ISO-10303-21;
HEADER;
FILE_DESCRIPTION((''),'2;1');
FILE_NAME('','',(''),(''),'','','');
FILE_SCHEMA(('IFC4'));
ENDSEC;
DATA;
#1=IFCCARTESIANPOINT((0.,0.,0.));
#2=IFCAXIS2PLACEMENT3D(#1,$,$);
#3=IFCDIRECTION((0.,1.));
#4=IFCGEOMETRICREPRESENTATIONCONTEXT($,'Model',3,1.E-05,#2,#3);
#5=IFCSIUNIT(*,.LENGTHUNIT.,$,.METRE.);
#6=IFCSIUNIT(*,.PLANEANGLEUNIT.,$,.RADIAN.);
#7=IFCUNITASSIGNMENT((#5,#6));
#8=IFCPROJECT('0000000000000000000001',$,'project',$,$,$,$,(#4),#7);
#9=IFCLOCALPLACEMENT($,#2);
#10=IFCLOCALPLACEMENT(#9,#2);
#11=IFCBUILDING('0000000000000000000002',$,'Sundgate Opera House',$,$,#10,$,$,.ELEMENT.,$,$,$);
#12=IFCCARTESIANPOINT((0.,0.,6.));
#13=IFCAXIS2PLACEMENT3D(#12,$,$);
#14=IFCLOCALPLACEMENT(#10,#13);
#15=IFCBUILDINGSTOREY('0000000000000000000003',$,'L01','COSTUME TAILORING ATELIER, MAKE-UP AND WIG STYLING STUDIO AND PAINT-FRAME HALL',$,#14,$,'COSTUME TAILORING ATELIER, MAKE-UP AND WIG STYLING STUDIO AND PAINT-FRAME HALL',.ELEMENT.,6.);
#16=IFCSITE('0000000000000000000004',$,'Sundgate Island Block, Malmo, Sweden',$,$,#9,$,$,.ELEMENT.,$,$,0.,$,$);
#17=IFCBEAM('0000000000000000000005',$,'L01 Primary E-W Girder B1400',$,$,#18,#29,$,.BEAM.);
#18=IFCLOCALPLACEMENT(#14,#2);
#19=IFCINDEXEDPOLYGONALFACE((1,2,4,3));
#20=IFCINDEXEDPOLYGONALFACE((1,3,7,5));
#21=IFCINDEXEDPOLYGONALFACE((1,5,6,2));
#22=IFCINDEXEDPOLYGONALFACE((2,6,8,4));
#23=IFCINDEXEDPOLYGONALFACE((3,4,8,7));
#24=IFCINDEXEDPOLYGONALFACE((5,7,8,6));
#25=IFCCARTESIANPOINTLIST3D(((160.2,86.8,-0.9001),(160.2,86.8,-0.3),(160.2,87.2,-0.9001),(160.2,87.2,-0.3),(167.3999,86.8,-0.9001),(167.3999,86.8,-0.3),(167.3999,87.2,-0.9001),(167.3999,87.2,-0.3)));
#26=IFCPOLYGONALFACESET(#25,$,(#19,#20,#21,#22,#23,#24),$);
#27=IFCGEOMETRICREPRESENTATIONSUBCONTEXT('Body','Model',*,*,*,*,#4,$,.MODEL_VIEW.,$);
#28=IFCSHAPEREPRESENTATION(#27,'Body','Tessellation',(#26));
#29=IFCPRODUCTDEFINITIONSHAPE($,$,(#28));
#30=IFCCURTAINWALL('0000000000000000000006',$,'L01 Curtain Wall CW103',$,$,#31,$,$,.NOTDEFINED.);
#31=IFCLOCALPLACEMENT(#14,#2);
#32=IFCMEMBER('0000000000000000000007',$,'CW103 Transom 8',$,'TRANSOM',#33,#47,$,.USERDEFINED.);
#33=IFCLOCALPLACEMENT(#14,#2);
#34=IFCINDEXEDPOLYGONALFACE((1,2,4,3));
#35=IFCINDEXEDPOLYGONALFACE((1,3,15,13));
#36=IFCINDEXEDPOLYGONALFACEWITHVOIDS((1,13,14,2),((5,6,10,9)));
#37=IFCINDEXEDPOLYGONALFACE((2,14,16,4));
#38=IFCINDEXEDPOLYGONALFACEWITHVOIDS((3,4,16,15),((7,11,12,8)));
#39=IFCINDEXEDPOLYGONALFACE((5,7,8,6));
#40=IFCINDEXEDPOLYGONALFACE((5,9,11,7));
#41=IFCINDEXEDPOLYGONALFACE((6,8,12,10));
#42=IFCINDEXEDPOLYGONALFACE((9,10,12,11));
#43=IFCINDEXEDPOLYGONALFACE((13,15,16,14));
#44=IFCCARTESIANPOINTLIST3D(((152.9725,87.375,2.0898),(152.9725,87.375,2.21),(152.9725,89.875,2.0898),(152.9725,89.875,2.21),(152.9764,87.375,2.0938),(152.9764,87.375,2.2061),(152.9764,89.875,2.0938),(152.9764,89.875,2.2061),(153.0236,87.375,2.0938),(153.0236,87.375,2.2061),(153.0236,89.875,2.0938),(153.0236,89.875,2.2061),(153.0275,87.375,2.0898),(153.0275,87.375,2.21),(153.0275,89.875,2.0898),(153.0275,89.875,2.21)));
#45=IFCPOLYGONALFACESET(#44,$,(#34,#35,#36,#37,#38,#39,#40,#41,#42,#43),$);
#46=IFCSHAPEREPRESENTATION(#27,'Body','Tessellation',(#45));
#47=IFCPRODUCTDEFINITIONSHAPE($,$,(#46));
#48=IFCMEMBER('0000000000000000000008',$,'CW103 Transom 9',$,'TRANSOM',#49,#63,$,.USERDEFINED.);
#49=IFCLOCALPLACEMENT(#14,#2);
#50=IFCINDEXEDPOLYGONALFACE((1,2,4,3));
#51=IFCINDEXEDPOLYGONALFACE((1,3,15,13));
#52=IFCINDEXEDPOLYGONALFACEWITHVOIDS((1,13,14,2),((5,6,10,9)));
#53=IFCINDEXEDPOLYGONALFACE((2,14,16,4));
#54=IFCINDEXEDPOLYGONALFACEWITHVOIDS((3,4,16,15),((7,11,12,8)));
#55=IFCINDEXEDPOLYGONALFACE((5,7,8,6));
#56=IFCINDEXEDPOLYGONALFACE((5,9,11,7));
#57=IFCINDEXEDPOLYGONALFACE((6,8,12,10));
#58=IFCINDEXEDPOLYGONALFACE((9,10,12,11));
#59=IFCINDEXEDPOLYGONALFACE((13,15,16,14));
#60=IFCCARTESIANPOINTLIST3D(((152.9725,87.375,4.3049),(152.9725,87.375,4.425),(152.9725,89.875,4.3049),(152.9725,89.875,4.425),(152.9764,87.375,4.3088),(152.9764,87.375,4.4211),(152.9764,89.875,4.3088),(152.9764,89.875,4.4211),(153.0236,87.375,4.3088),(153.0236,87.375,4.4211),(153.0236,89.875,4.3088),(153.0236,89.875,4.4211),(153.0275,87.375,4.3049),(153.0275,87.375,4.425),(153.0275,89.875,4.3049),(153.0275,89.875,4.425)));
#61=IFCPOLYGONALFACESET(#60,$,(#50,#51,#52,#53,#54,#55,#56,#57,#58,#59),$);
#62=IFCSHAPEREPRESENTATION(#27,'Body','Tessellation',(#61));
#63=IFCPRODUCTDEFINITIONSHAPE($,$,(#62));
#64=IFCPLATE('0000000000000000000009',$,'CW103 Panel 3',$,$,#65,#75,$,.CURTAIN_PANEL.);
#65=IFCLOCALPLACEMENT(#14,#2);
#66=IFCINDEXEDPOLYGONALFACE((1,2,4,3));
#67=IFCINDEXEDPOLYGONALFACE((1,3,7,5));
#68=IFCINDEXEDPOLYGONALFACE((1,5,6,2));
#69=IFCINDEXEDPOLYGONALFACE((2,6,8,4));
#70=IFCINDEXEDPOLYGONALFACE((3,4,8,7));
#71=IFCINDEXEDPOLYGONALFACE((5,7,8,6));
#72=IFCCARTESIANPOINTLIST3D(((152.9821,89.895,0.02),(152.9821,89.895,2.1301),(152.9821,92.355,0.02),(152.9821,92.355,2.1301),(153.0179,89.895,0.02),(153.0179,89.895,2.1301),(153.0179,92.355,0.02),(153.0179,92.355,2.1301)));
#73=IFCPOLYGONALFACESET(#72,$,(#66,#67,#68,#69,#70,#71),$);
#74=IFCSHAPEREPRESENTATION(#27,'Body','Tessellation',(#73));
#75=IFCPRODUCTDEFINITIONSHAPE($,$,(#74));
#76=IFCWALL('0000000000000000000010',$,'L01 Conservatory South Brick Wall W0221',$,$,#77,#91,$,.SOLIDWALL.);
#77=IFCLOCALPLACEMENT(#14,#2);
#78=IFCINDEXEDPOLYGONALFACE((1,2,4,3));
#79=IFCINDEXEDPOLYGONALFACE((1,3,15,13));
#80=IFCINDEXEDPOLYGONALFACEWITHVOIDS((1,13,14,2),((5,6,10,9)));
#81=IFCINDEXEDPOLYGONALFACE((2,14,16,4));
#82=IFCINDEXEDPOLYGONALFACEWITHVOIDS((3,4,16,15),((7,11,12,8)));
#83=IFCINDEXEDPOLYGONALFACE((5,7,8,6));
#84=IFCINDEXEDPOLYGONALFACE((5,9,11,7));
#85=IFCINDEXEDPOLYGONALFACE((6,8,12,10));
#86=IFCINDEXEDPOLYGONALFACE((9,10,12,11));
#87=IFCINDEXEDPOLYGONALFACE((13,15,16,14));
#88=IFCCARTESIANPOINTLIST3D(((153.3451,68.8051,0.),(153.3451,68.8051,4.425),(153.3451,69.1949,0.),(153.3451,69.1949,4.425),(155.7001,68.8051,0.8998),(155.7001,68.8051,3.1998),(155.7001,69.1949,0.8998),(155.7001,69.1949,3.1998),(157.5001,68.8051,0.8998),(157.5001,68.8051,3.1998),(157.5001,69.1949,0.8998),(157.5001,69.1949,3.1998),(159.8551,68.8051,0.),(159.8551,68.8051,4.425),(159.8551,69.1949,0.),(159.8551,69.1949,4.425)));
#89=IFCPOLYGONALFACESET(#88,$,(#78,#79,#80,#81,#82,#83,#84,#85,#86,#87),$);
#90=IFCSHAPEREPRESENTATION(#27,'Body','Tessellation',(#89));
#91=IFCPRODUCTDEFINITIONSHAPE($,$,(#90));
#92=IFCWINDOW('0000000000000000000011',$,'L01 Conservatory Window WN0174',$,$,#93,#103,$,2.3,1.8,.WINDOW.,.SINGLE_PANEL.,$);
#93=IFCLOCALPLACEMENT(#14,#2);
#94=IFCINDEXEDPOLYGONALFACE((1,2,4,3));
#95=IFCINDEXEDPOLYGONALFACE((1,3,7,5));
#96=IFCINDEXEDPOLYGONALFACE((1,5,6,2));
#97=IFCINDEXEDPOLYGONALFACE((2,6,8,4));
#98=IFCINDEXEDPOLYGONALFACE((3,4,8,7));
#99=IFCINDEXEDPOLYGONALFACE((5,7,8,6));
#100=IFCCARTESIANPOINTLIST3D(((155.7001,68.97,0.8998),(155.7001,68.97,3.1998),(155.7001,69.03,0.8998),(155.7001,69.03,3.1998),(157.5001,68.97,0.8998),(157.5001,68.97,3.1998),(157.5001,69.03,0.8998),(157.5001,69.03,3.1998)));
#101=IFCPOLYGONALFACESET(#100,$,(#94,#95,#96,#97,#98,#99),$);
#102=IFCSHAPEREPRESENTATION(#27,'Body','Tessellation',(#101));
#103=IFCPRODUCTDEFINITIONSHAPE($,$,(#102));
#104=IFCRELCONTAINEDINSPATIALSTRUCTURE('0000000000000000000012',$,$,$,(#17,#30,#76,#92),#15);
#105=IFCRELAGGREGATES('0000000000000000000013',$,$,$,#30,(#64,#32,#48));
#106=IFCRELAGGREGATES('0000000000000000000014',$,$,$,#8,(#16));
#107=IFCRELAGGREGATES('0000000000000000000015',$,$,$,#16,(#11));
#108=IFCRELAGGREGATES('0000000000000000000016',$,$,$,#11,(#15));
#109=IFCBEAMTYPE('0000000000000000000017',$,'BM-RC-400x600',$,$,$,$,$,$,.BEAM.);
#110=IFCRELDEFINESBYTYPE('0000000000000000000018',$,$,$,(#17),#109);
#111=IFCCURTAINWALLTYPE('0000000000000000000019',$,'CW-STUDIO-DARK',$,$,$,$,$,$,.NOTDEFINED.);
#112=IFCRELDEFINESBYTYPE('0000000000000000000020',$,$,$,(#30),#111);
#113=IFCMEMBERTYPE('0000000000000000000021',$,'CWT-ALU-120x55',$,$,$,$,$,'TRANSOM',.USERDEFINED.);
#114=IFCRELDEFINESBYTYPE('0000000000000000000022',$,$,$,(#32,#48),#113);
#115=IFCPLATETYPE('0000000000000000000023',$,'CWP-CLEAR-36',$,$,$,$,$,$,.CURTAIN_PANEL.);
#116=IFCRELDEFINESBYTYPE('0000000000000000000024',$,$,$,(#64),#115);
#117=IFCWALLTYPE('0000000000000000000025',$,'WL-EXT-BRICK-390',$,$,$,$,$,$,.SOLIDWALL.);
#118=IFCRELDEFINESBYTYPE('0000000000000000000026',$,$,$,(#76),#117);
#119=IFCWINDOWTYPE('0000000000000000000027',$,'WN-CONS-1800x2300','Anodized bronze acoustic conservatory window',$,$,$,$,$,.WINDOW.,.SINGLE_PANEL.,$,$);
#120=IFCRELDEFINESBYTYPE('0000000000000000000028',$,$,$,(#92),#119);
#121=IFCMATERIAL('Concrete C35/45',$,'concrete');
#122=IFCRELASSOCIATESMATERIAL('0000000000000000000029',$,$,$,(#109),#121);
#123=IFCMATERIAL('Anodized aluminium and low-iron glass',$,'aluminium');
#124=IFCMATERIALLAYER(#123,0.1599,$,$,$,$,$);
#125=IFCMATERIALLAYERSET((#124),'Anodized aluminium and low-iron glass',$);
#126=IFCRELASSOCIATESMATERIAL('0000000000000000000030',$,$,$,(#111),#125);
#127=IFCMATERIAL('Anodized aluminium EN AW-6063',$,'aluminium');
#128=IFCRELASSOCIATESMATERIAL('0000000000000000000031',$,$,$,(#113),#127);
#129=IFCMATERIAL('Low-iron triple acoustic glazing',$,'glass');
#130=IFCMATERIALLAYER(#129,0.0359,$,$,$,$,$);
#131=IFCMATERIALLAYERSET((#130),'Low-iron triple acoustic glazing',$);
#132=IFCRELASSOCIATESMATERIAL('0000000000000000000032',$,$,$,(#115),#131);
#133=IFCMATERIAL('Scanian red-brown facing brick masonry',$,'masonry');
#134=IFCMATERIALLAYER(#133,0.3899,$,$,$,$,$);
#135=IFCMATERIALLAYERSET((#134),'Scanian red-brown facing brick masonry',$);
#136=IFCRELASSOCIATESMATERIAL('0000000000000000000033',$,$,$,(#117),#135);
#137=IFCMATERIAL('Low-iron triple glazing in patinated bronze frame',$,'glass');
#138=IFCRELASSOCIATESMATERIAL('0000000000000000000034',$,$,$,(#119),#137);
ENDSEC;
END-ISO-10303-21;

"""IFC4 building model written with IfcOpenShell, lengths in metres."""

from ifc_helpers import new_model, si_unit, direction, frame, frame_2d, origin, origin_2d, place, context, subcontext, project, spatial, rectangle, hollow_rectangle, extrude, material, layer, layer_set, material_profile, profile_set, type_object, element, fill, aggregate, save


model = new_model("IFC4")

# Units and contexts
model_context = context("Model", 3, precision=1e-05, world=origin(), true_north=direction((0.0, 1.0)))
body_context = subcontext(model_context, "Body", "Model", "MODEL_VIEW")
ifc_project = project(units=[si_unit("LENGTHUNIT", "METRE"), si_unit("PLANEANGLEUNIT", "RADIAN")], contexts=[model_context])

# Site, building, storey
site_placement = place(None, origin())
site = spatial("IfcSite", under=ifc_project, at=site_placement, Name="Sundgate Island Block, Malmo, Sweden", CompositionType="ELEMENT", RefElevation=0.0)
building_placement = place(site_placement, origin())
building = spatial("IfcBuilding", under=site, at=building_placement, Name="Sundgate Opera House", CompositionType="ELEMENT")
storey_placement = place(building_placement, frame((0.0, 0.0, 6.0)))
storey = spatial("IfcBuildingStorey", under=building, at=storey_placement, Name="L01", Description="COSTUME TAILORING ATELIER, MAKE-UP AND WIG STYLING STUDIO AND PAINT-FRAME HALL", LongName="COSTUME TAILORING ATELIER, MAKE-UP AND WIG STYLING STUDIO AND PAINT-FRAME HALL", CompositionType="ELEMENT", Elevation=6.0)

# Beam
ifc_material_1 = material(Name="Concrete C35/45", Category="concrete")
ifc_material_profile_1 = material_profile(ifc_material_1, rectangle(XDim=0.3999, YDim=0.6001, at=origin_2d()), Name="RC 400x600")
ifc_profile_set_1 = profile_set([ifc_material_profile_1], Name="Concrete C35/45")
beam_type_1 = type_object("IfcBeamType", Name="BM-RC-400x600", PredefinedType="BEAM", material=ifc_profile_set_1)
beam_1_placement = place(storey_placement, frame((160.2, 87.0, -0.6001), z_axis=(1.0, 0.0, 0.0), x_axis=(0.0, 1.0, 0.0)))
element("IfcBeam", 1, at=beam_1_placement, inside=storey, type_object=beam_type_1, Name="L01 Primary E-W Girder B1400", PredefinedType="BEAM", context=body_context, shape_type="SweptSolid", body=[
    extrude(rectangle(XDim=0.3999, YDim=0.6001, at=origin_2d()), origin(), (0.0, 0.0, 1.0), 7.2),
])

# Curtain wall, members, plate
ifc_material_2 = material(Name="Anodized aluminium and low-iron glass", Category="aluminium")
ifc_layer_1 = layer(ifc_material_2, 0.1599)
ifc_layer_set_1 = layer_set([ifc_layer_1], Name="Anodized aluminium and low-iron glass")
curtain_wall_type = type_object("IfcCurtainWallType", Name="CW-STUDIO-DARK", PredefinedType="NOTDEFINED", material=ifc_layer_set_1)
curtain_wall_placement = place(storey_placement, origin())
curtain_wall = element("IfcCurtainWall", 2, at=curtain_wall_placement, inside=storey, type_object=curtain_wall_type, Name="L01 Curtain Wall CW103", PredefinedType="NOTDEFINED")
ifc_material_3 = material(Name="Anodized aluminium EN AW-6063", Category="aluminium")
ifc_material_profile_2 = material_profile(ifc_material_3, hollow_rectangle(XDim=0.0549, YDim=0.1201, WallThickness=0.0039, at=origin_2d()), Name="CWT 120x55x4")
ifc_profile_set_2 = profile_set([ifc_material_profile_2], Name="Anodized aluminium EN AW-6063")
member_type = type_object("IfcMemberType", Name="CWT-ALU-120x55", ElementType="TRANSOM", PredefinedType="USERDEFINED", material=ifc_profile_set_2)
member_1_placement = place(storey_placement, frame((153.0, 89.875, 2.1499), z_axis=(0.0, -1.0, 0.0), x_axis=(1.0, 0.0, 0.0)))
member_1 = element("IfcMember", 3, at=member_1_placement, type_object=member_type, Name="CW103 Transom 8", ObjectType="TRANSOM", PredefinedType="USERDEFINED", context=body_context, shape_type="SweptSolid", body=[
    extrude(hollow_rectangle(XDim=0.0549, YDim=0.1201, WallThickness=0.0039, at=origin_2d()), origin(), (0.0, 0.0, 1.0), 2.5),
])
member_2_placement = place(storey_placement, frame((153.0, 89.875, 4.365), z_axis=(0.0, -1.0, 0.0), x_axis=(1.0, 0.0, 0.0)))
member_2 = element("IfcMember", 4, at=member_2_placement, type_object=member_type, Name="CW103 Transom 9", ObjectType="TRANSOM", PredefinedType="USERDEFINED", context=body_context, shape_type="SweptSolid", body=[
    extrude(hollow_rectangle(XDim=0.0549, YDim=0.1201, WallThickness=0.0039, at=origin_2d()), origin(), (0.0, 0.0, 1.0), 2.5),
])
ifc_material_4 = material(Name="Low-iron triple acoustic glazing", Category="glass")
ifc_layer_2 = layer(ifc_material_4, 0.0359)
ifc_layer_set_2 = layer_set([ifc_layer_2], Name="Low-iron triple acoustic glazing")
plate_type = type_object("IfcPlateType", Name="CWP-CLEAR-36", PredefinedType="CURTAIN_PANEL", material=ifc_layer_set_2)
plate_placement = place(storey_placement, frame((153.0, 91.125, 0.02), z_axis=(0.0, 0.0, 1.0), x_axis=(0.0, -1.0, 0.0)))
plate = element("IfcPlate", 5, at=plate_placement, type_object=plate_type, Name="CW103 Panel 3", PredefinedType="CURTAIN_PANEL", context=body_context, shape_type="SweptSolid", body=[
    extrude(rectangle(XDim=2.46, YDim=0.0359, at=origin_2d()), origin(), (0.0, 0.0, 1.0), 2.1101),
])
aggregate(curtain_wall, [plate, member_1, member_2])

# Wall, opening, window
ifc_material_5 = material(Name="Scanian red-brown facing brick masonry", Category="masonry")
ifc_layer_3 = layer(ifc_material_5, 0.3899)
ifc_layer_set_3 = layer_set([ifc_layer_3], Name="Scanian red-brown facing brick masonry")
wall_type = type_object("IfcWallType", Name="WL-EXT-BRICK-390", PredefinedType="SOLIDWALL", material=ifc_layer_set_3)
wall_placement = place(storey_placement, frame((159.855, 69.0, 0.0), z_axis=(0.0, 0.0, 1.0), x_axis=(-1.0, 0.0, 0.0)))
wall = element("IfcWall", 6, at=wall_placement, inside=storey, type_object=wall_type, Name="L01 Conservatory South Brick Wall W0221", PredefinedType="SOLIDWALL", context=body_context, shape_type="SweptSolid", body=[
    extrude(rectangle(XDim=6.51, YDim=0.3899, at=frame_2d((3.2549, 0.0))), origin(), (0.0, 0.0, 1.0), 4.425),
])
opening_placement = place(wall_placement, frame((2.355, 0.0, 0.8999)))
opening = element("IfcOpeningElement", 7, at=opening_placement, cuts=wall, PredefinedType="OPENING", context=body_context, shape_type="SweptSolid", body=[
    extrude(rectangle(XDim=1.8, YDim=2.3, at=frame_2d((0.8999, 1.1499))), frame((0.0, 0.2048, 0.0), z_axis=(0.0, -1.0, 0.0), x_axis=(1.0, 0.0, 0.0)), (0.0, 0.0, 1.0), 0.4099),
])
ifc_material_6 = material(Name="Low-iron triple glazing in patinated bronze frame", Category="glass")
window_type = type_object("IfcWindowType", Name="WN-CONS-1800x2300", Description="Anodized bronze acoustic conservatory window", PartitioningType="SINGLE_PANEL", PredefinedType="WINDOW", material=ifc_material_6)
window_placement = place(opening_placement, origin())
window = element("IfcWindow", 8, at=window_placement, inside=storey, type_object=window_type, Name="L01 Conservatory Window WN0174", OverallHeight=2.3, OverallWidth=1.8, PartitioningType="SINGLE_PANEL", PredefinedType="WINDOW", context=body_context, shape_type="SweptSolid", body=[
    extrude(rectangle(XDim=1.8, YDim=2.3, at=frame_2d((0.8999, 1.1499))), frame((0.0, 0.03, 0.0), z_axis=(0.0, -1.0, 0.0), x_axis=(1.0, 0.0, 0.0)), (0.0, 0.0, 1.0), 0.0601),
])
fill(opening, window)

save(model, "model.ifc")
